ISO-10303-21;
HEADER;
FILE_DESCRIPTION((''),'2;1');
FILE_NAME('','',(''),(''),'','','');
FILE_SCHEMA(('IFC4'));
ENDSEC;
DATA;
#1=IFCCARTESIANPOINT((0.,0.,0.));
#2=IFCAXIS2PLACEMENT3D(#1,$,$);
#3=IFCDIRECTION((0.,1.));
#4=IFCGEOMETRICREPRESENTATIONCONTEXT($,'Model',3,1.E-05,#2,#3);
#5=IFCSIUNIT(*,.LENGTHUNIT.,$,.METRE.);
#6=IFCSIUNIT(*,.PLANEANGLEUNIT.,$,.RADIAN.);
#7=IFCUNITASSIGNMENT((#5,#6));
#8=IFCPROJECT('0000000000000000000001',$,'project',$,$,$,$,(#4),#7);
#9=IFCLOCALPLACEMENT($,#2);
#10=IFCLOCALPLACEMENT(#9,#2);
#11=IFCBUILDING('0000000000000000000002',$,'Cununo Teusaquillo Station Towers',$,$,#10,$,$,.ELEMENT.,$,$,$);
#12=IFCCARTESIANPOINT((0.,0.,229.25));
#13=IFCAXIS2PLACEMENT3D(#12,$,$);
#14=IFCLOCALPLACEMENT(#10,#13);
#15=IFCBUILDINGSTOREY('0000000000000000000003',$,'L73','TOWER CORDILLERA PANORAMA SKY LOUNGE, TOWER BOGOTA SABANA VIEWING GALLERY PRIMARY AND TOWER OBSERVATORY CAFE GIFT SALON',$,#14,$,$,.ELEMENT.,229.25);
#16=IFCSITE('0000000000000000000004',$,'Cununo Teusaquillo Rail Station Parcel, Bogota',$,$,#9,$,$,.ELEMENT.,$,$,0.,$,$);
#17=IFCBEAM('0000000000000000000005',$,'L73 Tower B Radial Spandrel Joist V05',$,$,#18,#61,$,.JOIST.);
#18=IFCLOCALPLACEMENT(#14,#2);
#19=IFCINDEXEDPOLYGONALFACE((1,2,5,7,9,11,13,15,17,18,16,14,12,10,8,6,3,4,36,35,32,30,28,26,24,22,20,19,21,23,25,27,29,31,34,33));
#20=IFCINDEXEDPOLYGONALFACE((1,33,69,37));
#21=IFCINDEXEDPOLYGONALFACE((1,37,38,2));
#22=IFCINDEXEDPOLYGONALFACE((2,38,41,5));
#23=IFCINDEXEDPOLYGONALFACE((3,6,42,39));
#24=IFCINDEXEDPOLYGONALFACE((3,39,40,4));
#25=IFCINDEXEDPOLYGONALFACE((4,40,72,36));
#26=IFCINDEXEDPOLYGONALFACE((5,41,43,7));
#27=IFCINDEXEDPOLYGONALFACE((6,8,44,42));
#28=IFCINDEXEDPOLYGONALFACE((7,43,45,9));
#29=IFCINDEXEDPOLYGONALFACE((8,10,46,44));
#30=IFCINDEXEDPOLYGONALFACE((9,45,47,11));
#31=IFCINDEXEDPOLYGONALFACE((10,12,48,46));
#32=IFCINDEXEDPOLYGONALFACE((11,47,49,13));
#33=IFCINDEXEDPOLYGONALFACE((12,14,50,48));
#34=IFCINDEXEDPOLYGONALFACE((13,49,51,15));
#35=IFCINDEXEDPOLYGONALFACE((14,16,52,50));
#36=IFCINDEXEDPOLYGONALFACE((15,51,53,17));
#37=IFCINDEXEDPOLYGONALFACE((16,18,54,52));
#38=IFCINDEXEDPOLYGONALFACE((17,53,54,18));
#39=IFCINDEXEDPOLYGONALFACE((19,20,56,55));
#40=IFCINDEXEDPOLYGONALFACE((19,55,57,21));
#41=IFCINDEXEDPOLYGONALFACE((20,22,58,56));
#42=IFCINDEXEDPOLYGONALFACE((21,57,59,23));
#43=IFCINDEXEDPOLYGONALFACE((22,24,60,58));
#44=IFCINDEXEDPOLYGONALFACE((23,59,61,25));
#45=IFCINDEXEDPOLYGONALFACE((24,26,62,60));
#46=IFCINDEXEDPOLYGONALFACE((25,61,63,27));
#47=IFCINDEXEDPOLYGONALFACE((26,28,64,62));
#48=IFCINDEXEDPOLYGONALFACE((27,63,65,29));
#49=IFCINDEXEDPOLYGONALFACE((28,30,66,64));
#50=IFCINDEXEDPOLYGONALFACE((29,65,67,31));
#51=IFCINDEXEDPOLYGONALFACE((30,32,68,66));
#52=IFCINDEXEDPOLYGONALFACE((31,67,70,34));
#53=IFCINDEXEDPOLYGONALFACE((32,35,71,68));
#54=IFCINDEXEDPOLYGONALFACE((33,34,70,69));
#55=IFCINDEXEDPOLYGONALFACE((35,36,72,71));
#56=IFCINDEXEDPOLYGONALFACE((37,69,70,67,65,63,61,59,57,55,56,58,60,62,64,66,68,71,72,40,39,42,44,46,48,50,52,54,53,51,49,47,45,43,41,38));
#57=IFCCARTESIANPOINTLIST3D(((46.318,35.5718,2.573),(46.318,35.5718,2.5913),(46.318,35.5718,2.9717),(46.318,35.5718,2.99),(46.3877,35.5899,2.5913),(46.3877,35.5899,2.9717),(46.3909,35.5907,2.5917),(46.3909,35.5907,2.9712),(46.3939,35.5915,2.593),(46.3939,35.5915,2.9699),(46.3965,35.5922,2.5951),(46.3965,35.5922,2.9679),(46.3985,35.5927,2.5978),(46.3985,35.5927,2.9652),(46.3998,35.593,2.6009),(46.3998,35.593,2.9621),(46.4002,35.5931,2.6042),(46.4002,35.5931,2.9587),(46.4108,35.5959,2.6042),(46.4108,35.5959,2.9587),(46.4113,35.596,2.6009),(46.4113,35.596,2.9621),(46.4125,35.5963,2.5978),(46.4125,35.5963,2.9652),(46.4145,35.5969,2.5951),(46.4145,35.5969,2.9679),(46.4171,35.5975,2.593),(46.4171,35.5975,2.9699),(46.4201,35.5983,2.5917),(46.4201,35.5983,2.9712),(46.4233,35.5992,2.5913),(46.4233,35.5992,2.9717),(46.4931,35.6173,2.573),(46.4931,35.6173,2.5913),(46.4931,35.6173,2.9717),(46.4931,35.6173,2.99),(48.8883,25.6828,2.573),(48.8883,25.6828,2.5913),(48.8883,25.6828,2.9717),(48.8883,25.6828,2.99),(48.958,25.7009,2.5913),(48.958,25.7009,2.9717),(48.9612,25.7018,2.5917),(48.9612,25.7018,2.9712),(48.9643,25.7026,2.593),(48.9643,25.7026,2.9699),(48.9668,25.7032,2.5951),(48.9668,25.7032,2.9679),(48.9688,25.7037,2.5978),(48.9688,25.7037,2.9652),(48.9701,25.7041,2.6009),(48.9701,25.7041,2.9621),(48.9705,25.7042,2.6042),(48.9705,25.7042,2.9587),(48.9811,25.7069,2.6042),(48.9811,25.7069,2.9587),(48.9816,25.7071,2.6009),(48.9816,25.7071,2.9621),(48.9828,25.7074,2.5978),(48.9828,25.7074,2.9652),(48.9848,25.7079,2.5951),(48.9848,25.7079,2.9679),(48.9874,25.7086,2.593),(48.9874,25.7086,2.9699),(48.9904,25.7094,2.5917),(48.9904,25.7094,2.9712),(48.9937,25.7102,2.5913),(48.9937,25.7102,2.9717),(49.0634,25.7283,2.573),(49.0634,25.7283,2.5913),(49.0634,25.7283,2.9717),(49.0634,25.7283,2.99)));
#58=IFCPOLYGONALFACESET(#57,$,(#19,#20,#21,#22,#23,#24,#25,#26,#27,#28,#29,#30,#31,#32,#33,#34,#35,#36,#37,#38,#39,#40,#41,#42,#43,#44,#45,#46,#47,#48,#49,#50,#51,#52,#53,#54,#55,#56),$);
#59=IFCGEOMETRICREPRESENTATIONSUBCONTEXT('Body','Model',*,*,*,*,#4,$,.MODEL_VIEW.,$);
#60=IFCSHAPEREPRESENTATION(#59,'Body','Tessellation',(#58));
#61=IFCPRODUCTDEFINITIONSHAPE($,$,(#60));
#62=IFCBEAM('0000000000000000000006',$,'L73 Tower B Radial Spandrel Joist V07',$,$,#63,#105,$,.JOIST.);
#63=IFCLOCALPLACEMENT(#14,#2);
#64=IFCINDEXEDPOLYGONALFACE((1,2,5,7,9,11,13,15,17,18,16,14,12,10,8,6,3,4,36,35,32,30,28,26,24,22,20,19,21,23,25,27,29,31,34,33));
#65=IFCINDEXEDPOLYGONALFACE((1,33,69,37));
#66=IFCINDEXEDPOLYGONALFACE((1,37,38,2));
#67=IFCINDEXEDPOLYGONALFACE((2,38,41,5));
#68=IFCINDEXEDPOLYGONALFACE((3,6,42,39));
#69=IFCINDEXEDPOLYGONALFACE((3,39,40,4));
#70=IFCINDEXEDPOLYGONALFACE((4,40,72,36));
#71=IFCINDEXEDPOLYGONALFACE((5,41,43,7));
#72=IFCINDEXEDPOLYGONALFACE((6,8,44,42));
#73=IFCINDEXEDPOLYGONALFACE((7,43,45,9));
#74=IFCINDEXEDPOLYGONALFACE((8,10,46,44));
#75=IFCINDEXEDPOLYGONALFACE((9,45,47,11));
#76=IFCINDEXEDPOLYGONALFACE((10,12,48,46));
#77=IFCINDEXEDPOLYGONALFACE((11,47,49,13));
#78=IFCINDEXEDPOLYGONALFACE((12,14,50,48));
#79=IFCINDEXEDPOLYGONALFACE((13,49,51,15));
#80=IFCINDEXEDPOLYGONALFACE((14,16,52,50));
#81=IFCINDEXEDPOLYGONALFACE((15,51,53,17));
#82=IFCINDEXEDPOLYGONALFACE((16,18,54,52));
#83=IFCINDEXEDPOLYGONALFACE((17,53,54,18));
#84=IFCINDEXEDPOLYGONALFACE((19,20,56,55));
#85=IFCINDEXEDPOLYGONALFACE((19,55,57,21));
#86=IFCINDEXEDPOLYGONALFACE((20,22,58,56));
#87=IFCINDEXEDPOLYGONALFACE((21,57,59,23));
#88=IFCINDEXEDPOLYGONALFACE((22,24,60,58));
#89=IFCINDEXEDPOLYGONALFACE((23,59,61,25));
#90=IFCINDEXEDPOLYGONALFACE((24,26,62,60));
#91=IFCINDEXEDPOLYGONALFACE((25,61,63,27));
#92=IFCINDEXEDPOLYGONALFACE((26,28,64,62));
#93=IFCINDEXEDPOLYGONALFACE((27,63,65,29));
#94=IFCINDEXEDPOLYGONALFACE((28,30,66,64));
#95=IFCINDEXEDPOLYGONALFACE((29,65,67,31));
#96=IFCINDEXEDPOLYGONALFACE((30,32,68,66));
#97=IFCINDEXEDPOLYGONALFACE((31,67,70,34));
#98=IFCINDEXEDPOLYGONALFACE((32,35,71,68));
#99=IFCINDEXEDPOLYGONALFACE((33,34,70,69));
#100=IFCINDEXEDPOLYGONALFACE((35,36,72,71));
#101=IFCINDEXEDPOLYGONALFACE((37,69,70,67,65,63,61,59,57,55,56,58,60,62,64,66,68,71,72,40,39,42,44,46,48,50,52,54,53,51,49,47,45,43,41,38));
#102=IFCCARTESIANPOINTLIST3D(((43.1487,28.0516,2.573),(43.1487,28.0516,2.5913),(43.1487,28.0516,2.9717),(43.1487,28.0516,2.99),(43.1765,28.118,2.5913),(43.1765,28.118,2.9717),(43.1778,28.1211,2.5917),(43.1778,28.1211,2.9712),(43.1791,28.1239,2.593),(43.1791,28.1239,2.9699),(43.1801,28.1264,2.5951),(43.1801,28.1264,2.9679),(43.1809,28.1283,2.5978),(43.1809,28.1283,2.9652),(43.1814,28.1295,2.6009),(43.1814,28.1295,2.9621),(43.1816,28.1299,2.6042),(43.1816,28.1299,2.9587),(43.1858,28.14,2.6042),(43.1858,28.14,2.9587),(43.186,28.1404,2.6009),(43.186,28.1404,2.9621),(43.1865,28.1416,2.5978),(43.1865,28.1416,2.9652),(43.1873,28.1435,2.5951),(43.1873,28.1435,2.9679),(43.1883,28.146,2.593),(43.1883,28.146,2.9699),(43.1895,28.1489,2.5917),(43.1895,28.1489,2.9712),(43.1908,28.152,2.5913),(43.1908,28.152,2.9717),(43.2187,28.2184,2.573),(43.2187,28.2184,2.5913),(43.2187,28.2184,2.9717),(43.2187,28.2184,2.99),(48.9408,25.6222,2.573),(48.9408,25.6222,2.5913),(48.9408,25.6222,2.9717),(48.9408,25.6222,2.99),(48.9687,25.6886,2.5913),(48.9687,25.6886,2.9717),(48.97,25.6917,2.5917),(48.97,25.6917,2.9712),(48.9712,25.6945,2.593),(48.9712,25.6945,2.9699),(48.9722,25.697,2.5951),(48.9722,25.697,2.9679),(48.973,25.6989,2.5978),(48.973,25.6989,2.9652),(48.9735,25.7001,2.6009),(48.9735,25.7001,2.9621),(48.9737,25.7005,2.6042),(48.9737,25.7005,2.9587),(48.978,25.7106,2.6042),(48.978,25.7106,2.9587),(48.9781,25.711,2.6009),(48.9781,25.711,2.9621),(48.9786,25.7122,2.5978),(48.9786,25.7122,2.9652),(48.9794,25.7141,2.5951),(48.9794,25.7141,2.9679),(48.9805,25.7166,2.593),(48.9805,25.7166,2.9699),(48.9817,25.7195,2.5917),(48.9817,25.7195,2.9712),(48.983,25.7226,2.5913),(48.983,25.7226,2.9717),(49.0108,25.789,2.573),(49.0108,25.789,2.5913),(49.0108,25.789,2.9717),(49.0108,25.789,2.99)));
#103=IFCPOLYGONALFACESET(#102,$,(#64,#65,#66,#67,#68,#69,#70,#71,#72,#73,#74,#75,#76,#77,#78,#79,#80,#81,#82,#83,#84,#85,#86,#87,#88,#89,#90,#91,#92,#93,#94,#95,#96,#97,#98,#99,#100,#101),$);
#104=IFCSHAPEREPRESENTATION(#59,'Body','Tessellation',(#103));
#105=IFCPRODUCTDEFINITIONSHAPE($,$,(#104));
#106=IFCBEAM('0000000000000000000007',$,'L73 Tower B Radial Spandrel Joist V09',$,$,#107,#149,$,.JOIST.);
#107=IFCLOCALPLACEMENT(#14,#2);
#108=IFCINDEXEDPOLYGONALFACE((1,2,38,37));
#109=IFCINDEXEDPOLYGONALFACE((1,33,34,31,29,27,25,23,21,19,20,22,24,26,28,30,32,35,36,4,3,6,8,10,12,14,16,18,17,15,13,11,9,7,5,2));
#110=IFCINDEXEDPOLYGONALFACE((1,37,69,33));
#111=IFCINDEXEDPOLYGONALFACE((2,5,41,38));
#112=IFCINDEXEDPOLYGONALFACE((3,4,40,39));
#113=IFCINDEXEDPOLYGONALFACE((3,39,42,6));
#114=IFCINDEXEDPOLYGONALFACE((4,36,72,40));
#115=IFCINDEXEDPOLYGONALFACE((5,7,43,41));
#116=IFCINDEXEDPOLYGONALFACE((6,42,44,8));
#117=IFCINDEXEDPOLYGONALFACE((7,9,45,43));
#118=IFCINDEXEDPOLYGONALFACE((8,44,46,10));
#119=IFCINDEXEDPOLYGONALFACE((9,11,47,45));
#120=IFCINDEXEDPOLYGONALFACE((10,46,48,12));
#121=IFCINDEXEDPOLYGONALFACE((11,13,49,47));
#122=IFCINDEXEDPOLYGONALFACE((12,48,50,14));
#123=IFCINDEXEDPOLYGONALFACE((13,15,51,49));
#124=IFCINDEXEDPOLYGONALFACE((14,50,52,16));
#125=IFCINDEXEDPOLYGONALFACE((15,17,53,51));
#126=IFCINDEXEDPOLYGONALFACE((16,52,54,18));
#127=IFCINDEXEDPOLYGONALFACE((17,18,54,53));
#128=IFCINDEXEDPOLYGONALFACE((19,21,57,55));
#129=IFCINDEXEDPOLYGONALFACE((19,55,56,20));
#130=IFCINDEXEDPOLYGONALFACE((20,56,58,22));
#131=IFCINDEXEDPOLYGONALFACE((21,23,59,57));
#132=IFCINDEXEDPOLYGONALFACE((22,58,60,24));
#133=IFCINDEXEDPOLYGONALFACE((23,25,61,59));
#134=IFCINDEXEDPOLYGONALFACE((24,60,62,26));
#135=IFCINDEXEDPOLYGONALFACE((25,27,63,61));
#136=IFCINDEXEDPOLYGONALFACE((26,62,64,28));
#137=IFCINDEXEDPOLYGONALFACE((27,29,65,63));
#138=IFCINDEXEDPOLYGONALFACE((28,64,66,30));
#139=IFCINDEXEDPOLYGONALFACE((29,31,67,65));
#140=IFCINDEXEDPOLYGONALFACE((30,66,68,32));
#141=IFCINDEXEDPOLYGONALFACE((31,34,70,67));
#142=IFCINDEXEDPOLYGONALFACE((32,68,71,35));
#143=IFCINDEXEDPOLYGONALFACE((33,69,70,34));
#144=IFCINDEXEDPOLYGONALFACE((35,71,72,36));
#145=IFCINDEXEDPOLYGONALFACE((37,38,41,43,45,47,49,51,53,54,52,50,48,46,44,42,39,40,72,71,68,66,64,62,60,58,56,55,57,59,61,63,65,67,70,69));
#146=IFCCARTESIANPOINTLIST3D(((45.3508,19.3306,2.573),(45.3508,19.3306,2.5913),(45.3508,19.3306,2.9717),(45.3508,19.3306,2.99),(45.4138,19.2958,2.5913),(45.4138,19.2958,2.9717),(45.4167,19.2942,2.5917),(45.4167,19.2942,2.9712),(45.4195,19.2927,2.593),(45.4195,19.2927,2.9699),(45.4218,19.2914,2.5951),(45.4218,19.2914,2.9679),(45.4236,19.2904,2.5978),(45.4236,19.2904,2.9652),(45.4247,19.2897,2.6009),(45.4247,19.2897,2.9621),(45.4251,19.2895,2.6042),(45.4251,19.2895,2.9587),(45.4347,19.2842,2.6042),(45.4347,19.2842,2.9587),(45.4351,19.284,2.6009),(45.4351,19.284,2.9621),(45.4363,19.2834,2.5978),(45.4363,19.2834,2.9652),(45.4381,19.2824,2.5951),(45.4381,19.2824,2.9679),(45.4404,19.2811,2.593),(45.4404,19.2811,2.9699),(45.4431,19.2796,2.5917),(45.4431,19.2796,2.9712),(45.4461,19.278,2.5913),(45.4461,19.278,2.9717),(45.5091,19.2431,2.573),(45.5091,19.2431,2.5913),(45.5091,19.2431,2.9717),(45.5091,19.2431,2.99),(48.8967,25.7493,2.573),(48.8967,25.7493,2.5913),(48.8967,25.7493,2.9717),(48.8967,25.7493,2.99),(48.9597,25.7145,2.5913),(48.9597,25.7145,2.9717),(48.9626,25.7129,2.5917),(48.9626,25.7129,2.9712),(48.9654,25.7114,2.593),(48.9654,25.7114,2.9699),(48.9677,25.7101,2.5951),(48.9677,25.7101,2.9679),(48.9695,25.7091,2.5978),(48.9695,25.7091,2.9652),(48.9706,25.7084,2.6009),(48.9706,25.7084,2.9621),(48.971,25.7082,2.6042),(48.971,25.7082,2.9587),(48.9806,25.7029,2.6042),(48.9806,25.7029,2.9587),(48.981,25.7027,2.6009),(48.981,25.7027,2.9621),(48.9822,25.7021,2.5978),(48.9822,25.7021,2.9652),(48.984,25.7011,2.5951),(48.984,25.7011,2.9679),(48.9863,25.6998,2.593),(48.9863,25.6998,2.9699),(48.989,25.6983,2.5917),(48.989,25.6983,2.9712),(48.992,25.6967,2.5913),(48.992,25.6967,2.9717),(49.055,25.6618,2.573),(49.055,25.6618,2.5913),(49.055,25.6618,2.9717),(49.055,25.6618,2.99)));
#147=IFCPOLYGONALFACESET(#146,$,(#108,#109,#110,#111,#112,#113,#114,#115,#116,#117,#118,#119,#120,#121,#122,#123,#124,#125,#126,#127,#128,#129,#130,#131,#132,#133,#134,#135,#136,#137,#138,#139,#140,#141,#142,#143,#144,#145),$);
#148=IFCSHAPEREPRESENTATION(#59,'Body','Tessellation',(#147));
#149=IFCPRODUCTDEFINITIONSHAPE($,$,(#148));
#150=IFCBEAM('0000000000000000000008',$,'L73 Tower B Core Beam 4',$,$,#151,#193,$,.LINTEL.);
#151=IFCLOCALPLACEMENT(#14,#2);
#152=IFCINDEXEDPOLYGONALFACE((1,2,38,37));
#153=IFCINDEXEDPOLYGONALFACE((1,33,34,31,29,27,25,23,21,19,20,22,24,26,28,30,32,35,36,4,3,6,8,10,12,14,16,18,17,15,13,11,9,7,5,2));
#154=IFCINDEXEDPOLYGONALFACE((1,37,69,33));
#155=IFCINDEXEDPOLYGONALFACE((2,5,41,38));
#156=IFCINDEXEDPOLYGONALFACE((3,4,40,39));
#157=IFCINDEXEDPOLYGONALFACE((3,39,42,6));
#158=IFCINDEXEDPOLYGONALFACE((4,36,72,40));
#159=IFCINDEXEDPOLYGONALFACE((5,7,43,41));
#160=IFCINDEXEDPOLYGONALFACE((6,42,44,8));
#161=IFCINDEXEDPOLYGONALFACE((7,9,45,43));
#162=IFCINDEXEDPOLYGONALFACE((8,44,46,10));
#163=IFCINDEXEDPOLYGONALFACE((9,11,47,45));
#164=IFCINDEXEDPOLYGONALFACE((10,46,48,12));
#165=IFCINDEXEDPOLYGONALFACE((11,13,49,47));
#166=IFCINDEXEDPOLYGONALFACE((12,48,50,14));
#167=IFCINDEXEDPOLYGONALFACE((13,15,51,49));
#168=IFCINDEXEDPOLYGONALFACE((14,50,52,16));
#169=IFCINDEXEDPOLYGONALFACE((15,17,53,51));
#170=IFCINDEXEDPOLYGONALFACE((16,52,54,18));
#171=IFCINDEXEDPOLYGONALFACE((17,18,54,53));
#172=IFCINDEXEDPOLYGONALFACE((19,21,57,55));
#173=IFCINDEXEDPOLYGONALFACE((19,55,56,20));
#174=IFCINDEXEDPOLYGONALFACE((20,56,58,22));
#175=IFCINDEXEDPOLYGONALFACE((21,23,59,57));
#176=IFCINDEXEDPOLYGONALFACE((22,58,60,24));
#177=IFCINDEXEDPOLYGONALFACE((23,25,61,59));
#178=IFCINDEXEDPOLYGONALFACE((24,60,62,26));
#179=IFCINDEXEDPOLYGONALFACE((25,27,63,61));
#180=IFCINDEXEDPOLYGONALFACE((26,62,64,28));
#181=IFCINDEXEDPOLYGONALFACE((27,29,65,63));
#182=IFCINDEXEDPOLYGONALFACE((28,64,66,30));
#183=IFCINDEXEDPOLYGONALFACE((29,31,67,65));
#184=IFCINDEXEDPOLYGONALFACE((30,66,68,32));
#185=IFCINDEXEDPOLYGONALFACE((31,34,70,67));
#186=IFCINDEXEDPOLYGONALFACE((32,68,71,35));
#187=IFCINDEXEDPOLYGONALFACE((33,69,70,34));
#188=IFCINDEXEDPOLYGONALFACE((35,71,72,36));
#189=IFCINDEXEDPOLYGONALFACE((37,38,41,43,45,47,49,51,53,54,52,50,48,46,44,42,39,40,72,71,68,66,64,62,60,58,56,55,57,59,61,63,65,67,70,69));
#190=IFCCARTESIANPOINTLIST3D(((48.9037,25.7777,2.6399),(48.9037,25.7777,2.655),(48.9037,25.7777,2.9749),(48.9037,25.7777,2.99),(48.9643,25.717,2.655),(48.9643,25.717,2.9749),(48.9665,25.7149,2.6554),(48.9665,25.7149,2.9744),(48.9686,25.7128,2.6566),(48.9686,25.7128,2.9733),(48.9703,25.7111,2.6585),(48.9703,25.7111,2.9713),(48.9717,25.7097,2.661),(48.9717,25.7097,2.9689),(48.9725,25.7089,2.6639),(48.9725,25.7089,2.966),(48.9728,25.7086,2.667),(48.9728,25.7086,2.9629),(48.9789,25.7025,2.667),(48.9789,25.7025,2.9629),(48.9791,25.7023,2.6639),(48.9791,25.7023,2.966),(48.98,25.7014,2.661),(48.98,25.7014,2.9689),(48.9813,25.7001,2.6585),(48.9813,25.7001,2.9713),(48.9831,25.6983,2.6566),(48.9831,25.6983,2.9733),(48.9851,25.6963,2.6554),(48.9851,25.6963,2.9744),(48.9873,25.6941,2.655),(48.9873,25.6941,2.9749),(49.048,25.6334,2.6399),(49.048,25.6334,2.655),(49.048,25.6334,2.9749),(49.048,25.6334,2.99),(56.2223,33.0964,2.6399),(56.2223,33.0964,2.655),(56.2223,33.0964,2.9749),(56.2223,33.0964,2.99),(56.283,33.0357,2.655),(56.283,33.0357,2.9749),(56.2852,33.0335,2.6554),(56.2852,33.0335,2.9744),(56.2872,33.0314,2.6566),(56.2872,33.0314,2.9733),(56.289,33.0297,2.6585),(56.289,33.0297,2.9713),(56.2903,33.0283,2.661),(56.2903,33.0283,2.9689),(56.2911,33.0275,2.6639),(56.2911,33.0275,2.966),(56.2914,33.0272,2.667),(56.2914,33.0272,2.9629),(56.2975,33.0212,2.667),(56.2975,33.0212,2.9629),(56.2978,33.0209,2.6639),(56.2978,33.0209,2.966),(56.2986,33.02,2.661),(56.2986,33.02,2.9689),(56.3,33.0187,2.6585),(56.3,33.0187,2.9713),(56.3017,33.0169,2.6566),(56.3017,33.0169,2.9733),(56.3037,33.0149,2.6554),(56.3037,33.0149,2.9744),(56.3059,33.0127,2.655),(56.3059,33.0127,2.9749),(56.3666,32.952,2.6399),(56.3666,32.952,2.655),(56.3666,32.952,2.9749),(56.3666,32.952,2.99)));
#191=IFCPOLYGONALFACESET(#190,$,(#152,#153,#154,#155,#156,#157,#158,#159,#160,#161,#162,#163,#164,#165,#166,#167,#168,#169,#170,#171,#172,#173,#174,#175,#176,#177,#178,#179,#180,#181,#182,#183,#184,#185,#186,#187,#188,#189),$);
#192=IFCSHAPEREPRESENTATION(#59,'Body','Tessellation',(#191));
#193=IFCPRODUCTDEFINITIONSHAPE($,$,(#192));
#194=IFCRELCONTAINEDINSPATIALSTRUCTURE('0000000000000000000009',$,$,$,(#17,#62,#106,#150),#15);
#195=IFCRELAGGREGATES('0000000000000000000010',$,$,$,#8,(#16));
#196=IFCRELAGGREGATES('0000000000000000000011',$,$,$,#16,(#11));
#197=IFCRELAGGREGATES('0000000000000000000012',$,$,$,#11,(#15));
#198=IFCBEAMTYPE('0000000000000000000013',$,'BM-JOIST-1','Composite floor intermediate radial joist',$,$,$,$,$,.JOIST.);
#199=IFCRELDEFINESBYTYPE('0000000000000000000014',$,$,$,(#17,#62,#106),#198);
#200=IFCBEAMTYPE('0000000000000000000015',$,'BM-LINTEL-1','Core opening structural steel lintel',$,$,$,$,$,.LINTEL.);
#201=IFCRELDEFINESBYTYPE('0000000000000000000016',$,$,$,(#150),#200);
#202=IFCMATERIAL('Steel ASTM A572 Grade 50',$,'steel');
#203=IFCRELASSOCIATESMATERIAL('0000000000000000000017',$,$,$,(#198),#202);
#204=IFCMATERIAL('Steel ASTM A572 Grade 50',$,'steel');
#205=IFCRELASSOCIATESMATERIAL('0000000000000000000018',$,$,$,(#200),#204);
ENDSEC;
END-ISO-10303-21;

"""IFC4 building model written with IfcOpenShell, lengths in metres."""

from ifc_helpers import new_model, si_unit, direction, frame, origin, origin_2d, place, context, subcontext, project, spatial, i_section, extrude, material, material_profile, profile_set, type_object, element, save


model = new_model("IFC4")

# Units and contexts
model_context = context("Model", 3, precision=1e-05, world=origin(), true_north=direction((0.0, 1.0)))
body_context = subcontext(model_context, "Body", "Model", "MODEL_VIEW")
ifc_project = project(units=[si_unit("LENGTHUNIT", "METRE"), si_unit("PLANEANGLEUNIT", "RADIAN")], contexts=[model_context])

# Site, building, storey
site_placement = place(None, origin())
site = spatial("IfcSite", under=ifc_project, at=site_placement, Name="Cununo Teusaquillo Rail Station Parcel, Bogota", CompositionType="ELEMENT", RefElevation=0.0)
building_placement = place(site_placement, origin())
building = spatial("IfcBuilding", under=site, at=building_placement, Name="Cununo Teusaquillo Station Towers", CompositionType="ELEMENT")
storey_placement = place(building_placement, frame((0.0, 0.0, 229.25)))
storey = spatial("IfcBuildingStorey", under=building, at=storey_placement, Name="L73", Description="TOWER CORDILLERA PANORAMA SKY LOUNGE, TOWER BOGOTA SABANA VIEWING GALLERY PRIMARY AND TOWER OBSERVATORY CAFE GIFT SALON", CompositionType="ELEMENT", Elevation=229.25)

# Beams
ifc_material_1 = material(Name="Steel ASTM A572 Grade 50", Category="steel")
ifc_material_profile_1 = material_profile(ifc_material_1, i_section(OverallWidth=0.1809, OverallDepth=0.417, WebThickness=0.011, FlangeThickness=0.0183, FilletRadius=0.0129, at=origin_2d()), Name="W16X57")
ifc_profile_set_1 = profile_set([ifc_material_profile_1], Name="Steel ASTM A572 Grade 50")
beam_type_1 = type_object("IfcBeamType", Name="BM-JOIST-1", Description="Composite floor intermediate radial joist", PredefinedType="JOIST", material=ifc_profile_set_1)
beam_1_placement = place(storey_placement, frame((48.9758, 25.7056, 2.7815), z_axis=(-0.25156, 0.967842, 0.0), x_axis=(-0.967842, -0.25156, 0.0)))
element("IfcBeam", 1, at=beam_1_placement, inside=storey, type_object=beam_type_1, Name="L73 Tower B Radial Spandrel Joist V05", PredefinedType="JOIST", context=body_context, shape_type="SweptSolid", body=[
    extrude(i_section(OverallWidth=0.1809, OverallDepth=0.417, WebThickness=0.011, FlangeThickness=0.0183, FilletRadius=0.0129, at=origin_2d()), origin(), (0.0, 0.0, 1.0), 10.2175),
])
beam_2_placement = place(storey_placement, frame((48.9758, 25.7056, 2.7815), z_axis=(-0.922169, 0.386786, 0.0), x_axis=(-0.386786, -0.922169, 0.0)))
element("IfcBeam", 2, at=beam_2_placement, inside=storey, type_object=beam_type_1, Name="L73 Tower B Radial Spandrel Joist V07", PredefinedType="JOIST", context=body_context, shape_type="SweptSolid", body=[
    extrude(i_section(OverallWidth=0.1809, OverallDepth=0.417, WebThickness=0.011, FlangeThickness=0.0183, FilletRadius=0.0129, at=origin_2d()), origin(), (0.0, 0.0, 1.0), 6.281),
])
beam_3_placement = place(storey_placement, frame((48.9758, 25.7056, 2.7815), z_axis=(-0.483553, -0.875315, 0.0), x_axis=(0.875315, -0.483553, 0.0)))
element("IfcBeam", 3, at=beam_3_placement, inside=storey, type_object=beam_type_1, Name="L73 Tower B Radial Spandrel Joist V09", PredefinedType="JOIST", context=body_context, shape_type="SweptSolid", body=[
    extrude(i_section(OverallWidth=0.1809, OverallDepth=0.417, WebThickness=0.011, FlangeThickness=0.0183, FilletRadius=0.0129, at=origin_2d()), origin(), (0.0, 0.0, 1.0), 7.333),
])
ifc_material_2 = material(Name="Steel ASTM A572 Grade 50", Category="steel")
ifc_material_profile_2 = material_profile(ifc_material_2, i_section(OverallWidth=0.2041, OverallDepth=0.3501, WebThickness=0.0085, FlangeThickness=0.0151, FilletRadius=0.012, at=origin_2d()), Name="W14X48")
ifc_profile_set_2 = profile_set([ifc_material_profile_2], Name="Steel ASTM A572 Grade 50")
beam_type_2 = type_object("IfcBeamType", Name="BM-LINTEL-1", Description="Core opening structural steel lintel", PredefinedType="LINTEL", material=ifc_profile_set_2)
beam_4_placement = place(storey_placement, frame((48.9758, 25.7056, 2.8149), z_axis=(0.707107, 0.707107, 0.0), x_axis=(-0.707107, 0.707107, 0.0)))
element("IfcBeam", 4, at=beam_4_placement, inside=storey, type_object=beam_type_2, Name="L73 Tower B Core Beam 4", PredefinedType="LINTEL", context=body_context, shape_type="SweptSolid", body=[
    extrude(i_section(OverallWidth=0.2041, OverallDepth=0.3501, WebThickness=0.0085, FlangeThickness=0.0151, FilletRadius=0.012, at=origin_2d()), origin(), (0.0, 0.0, 1.0), 10.3501),
])

save(model, "model.ifc")
